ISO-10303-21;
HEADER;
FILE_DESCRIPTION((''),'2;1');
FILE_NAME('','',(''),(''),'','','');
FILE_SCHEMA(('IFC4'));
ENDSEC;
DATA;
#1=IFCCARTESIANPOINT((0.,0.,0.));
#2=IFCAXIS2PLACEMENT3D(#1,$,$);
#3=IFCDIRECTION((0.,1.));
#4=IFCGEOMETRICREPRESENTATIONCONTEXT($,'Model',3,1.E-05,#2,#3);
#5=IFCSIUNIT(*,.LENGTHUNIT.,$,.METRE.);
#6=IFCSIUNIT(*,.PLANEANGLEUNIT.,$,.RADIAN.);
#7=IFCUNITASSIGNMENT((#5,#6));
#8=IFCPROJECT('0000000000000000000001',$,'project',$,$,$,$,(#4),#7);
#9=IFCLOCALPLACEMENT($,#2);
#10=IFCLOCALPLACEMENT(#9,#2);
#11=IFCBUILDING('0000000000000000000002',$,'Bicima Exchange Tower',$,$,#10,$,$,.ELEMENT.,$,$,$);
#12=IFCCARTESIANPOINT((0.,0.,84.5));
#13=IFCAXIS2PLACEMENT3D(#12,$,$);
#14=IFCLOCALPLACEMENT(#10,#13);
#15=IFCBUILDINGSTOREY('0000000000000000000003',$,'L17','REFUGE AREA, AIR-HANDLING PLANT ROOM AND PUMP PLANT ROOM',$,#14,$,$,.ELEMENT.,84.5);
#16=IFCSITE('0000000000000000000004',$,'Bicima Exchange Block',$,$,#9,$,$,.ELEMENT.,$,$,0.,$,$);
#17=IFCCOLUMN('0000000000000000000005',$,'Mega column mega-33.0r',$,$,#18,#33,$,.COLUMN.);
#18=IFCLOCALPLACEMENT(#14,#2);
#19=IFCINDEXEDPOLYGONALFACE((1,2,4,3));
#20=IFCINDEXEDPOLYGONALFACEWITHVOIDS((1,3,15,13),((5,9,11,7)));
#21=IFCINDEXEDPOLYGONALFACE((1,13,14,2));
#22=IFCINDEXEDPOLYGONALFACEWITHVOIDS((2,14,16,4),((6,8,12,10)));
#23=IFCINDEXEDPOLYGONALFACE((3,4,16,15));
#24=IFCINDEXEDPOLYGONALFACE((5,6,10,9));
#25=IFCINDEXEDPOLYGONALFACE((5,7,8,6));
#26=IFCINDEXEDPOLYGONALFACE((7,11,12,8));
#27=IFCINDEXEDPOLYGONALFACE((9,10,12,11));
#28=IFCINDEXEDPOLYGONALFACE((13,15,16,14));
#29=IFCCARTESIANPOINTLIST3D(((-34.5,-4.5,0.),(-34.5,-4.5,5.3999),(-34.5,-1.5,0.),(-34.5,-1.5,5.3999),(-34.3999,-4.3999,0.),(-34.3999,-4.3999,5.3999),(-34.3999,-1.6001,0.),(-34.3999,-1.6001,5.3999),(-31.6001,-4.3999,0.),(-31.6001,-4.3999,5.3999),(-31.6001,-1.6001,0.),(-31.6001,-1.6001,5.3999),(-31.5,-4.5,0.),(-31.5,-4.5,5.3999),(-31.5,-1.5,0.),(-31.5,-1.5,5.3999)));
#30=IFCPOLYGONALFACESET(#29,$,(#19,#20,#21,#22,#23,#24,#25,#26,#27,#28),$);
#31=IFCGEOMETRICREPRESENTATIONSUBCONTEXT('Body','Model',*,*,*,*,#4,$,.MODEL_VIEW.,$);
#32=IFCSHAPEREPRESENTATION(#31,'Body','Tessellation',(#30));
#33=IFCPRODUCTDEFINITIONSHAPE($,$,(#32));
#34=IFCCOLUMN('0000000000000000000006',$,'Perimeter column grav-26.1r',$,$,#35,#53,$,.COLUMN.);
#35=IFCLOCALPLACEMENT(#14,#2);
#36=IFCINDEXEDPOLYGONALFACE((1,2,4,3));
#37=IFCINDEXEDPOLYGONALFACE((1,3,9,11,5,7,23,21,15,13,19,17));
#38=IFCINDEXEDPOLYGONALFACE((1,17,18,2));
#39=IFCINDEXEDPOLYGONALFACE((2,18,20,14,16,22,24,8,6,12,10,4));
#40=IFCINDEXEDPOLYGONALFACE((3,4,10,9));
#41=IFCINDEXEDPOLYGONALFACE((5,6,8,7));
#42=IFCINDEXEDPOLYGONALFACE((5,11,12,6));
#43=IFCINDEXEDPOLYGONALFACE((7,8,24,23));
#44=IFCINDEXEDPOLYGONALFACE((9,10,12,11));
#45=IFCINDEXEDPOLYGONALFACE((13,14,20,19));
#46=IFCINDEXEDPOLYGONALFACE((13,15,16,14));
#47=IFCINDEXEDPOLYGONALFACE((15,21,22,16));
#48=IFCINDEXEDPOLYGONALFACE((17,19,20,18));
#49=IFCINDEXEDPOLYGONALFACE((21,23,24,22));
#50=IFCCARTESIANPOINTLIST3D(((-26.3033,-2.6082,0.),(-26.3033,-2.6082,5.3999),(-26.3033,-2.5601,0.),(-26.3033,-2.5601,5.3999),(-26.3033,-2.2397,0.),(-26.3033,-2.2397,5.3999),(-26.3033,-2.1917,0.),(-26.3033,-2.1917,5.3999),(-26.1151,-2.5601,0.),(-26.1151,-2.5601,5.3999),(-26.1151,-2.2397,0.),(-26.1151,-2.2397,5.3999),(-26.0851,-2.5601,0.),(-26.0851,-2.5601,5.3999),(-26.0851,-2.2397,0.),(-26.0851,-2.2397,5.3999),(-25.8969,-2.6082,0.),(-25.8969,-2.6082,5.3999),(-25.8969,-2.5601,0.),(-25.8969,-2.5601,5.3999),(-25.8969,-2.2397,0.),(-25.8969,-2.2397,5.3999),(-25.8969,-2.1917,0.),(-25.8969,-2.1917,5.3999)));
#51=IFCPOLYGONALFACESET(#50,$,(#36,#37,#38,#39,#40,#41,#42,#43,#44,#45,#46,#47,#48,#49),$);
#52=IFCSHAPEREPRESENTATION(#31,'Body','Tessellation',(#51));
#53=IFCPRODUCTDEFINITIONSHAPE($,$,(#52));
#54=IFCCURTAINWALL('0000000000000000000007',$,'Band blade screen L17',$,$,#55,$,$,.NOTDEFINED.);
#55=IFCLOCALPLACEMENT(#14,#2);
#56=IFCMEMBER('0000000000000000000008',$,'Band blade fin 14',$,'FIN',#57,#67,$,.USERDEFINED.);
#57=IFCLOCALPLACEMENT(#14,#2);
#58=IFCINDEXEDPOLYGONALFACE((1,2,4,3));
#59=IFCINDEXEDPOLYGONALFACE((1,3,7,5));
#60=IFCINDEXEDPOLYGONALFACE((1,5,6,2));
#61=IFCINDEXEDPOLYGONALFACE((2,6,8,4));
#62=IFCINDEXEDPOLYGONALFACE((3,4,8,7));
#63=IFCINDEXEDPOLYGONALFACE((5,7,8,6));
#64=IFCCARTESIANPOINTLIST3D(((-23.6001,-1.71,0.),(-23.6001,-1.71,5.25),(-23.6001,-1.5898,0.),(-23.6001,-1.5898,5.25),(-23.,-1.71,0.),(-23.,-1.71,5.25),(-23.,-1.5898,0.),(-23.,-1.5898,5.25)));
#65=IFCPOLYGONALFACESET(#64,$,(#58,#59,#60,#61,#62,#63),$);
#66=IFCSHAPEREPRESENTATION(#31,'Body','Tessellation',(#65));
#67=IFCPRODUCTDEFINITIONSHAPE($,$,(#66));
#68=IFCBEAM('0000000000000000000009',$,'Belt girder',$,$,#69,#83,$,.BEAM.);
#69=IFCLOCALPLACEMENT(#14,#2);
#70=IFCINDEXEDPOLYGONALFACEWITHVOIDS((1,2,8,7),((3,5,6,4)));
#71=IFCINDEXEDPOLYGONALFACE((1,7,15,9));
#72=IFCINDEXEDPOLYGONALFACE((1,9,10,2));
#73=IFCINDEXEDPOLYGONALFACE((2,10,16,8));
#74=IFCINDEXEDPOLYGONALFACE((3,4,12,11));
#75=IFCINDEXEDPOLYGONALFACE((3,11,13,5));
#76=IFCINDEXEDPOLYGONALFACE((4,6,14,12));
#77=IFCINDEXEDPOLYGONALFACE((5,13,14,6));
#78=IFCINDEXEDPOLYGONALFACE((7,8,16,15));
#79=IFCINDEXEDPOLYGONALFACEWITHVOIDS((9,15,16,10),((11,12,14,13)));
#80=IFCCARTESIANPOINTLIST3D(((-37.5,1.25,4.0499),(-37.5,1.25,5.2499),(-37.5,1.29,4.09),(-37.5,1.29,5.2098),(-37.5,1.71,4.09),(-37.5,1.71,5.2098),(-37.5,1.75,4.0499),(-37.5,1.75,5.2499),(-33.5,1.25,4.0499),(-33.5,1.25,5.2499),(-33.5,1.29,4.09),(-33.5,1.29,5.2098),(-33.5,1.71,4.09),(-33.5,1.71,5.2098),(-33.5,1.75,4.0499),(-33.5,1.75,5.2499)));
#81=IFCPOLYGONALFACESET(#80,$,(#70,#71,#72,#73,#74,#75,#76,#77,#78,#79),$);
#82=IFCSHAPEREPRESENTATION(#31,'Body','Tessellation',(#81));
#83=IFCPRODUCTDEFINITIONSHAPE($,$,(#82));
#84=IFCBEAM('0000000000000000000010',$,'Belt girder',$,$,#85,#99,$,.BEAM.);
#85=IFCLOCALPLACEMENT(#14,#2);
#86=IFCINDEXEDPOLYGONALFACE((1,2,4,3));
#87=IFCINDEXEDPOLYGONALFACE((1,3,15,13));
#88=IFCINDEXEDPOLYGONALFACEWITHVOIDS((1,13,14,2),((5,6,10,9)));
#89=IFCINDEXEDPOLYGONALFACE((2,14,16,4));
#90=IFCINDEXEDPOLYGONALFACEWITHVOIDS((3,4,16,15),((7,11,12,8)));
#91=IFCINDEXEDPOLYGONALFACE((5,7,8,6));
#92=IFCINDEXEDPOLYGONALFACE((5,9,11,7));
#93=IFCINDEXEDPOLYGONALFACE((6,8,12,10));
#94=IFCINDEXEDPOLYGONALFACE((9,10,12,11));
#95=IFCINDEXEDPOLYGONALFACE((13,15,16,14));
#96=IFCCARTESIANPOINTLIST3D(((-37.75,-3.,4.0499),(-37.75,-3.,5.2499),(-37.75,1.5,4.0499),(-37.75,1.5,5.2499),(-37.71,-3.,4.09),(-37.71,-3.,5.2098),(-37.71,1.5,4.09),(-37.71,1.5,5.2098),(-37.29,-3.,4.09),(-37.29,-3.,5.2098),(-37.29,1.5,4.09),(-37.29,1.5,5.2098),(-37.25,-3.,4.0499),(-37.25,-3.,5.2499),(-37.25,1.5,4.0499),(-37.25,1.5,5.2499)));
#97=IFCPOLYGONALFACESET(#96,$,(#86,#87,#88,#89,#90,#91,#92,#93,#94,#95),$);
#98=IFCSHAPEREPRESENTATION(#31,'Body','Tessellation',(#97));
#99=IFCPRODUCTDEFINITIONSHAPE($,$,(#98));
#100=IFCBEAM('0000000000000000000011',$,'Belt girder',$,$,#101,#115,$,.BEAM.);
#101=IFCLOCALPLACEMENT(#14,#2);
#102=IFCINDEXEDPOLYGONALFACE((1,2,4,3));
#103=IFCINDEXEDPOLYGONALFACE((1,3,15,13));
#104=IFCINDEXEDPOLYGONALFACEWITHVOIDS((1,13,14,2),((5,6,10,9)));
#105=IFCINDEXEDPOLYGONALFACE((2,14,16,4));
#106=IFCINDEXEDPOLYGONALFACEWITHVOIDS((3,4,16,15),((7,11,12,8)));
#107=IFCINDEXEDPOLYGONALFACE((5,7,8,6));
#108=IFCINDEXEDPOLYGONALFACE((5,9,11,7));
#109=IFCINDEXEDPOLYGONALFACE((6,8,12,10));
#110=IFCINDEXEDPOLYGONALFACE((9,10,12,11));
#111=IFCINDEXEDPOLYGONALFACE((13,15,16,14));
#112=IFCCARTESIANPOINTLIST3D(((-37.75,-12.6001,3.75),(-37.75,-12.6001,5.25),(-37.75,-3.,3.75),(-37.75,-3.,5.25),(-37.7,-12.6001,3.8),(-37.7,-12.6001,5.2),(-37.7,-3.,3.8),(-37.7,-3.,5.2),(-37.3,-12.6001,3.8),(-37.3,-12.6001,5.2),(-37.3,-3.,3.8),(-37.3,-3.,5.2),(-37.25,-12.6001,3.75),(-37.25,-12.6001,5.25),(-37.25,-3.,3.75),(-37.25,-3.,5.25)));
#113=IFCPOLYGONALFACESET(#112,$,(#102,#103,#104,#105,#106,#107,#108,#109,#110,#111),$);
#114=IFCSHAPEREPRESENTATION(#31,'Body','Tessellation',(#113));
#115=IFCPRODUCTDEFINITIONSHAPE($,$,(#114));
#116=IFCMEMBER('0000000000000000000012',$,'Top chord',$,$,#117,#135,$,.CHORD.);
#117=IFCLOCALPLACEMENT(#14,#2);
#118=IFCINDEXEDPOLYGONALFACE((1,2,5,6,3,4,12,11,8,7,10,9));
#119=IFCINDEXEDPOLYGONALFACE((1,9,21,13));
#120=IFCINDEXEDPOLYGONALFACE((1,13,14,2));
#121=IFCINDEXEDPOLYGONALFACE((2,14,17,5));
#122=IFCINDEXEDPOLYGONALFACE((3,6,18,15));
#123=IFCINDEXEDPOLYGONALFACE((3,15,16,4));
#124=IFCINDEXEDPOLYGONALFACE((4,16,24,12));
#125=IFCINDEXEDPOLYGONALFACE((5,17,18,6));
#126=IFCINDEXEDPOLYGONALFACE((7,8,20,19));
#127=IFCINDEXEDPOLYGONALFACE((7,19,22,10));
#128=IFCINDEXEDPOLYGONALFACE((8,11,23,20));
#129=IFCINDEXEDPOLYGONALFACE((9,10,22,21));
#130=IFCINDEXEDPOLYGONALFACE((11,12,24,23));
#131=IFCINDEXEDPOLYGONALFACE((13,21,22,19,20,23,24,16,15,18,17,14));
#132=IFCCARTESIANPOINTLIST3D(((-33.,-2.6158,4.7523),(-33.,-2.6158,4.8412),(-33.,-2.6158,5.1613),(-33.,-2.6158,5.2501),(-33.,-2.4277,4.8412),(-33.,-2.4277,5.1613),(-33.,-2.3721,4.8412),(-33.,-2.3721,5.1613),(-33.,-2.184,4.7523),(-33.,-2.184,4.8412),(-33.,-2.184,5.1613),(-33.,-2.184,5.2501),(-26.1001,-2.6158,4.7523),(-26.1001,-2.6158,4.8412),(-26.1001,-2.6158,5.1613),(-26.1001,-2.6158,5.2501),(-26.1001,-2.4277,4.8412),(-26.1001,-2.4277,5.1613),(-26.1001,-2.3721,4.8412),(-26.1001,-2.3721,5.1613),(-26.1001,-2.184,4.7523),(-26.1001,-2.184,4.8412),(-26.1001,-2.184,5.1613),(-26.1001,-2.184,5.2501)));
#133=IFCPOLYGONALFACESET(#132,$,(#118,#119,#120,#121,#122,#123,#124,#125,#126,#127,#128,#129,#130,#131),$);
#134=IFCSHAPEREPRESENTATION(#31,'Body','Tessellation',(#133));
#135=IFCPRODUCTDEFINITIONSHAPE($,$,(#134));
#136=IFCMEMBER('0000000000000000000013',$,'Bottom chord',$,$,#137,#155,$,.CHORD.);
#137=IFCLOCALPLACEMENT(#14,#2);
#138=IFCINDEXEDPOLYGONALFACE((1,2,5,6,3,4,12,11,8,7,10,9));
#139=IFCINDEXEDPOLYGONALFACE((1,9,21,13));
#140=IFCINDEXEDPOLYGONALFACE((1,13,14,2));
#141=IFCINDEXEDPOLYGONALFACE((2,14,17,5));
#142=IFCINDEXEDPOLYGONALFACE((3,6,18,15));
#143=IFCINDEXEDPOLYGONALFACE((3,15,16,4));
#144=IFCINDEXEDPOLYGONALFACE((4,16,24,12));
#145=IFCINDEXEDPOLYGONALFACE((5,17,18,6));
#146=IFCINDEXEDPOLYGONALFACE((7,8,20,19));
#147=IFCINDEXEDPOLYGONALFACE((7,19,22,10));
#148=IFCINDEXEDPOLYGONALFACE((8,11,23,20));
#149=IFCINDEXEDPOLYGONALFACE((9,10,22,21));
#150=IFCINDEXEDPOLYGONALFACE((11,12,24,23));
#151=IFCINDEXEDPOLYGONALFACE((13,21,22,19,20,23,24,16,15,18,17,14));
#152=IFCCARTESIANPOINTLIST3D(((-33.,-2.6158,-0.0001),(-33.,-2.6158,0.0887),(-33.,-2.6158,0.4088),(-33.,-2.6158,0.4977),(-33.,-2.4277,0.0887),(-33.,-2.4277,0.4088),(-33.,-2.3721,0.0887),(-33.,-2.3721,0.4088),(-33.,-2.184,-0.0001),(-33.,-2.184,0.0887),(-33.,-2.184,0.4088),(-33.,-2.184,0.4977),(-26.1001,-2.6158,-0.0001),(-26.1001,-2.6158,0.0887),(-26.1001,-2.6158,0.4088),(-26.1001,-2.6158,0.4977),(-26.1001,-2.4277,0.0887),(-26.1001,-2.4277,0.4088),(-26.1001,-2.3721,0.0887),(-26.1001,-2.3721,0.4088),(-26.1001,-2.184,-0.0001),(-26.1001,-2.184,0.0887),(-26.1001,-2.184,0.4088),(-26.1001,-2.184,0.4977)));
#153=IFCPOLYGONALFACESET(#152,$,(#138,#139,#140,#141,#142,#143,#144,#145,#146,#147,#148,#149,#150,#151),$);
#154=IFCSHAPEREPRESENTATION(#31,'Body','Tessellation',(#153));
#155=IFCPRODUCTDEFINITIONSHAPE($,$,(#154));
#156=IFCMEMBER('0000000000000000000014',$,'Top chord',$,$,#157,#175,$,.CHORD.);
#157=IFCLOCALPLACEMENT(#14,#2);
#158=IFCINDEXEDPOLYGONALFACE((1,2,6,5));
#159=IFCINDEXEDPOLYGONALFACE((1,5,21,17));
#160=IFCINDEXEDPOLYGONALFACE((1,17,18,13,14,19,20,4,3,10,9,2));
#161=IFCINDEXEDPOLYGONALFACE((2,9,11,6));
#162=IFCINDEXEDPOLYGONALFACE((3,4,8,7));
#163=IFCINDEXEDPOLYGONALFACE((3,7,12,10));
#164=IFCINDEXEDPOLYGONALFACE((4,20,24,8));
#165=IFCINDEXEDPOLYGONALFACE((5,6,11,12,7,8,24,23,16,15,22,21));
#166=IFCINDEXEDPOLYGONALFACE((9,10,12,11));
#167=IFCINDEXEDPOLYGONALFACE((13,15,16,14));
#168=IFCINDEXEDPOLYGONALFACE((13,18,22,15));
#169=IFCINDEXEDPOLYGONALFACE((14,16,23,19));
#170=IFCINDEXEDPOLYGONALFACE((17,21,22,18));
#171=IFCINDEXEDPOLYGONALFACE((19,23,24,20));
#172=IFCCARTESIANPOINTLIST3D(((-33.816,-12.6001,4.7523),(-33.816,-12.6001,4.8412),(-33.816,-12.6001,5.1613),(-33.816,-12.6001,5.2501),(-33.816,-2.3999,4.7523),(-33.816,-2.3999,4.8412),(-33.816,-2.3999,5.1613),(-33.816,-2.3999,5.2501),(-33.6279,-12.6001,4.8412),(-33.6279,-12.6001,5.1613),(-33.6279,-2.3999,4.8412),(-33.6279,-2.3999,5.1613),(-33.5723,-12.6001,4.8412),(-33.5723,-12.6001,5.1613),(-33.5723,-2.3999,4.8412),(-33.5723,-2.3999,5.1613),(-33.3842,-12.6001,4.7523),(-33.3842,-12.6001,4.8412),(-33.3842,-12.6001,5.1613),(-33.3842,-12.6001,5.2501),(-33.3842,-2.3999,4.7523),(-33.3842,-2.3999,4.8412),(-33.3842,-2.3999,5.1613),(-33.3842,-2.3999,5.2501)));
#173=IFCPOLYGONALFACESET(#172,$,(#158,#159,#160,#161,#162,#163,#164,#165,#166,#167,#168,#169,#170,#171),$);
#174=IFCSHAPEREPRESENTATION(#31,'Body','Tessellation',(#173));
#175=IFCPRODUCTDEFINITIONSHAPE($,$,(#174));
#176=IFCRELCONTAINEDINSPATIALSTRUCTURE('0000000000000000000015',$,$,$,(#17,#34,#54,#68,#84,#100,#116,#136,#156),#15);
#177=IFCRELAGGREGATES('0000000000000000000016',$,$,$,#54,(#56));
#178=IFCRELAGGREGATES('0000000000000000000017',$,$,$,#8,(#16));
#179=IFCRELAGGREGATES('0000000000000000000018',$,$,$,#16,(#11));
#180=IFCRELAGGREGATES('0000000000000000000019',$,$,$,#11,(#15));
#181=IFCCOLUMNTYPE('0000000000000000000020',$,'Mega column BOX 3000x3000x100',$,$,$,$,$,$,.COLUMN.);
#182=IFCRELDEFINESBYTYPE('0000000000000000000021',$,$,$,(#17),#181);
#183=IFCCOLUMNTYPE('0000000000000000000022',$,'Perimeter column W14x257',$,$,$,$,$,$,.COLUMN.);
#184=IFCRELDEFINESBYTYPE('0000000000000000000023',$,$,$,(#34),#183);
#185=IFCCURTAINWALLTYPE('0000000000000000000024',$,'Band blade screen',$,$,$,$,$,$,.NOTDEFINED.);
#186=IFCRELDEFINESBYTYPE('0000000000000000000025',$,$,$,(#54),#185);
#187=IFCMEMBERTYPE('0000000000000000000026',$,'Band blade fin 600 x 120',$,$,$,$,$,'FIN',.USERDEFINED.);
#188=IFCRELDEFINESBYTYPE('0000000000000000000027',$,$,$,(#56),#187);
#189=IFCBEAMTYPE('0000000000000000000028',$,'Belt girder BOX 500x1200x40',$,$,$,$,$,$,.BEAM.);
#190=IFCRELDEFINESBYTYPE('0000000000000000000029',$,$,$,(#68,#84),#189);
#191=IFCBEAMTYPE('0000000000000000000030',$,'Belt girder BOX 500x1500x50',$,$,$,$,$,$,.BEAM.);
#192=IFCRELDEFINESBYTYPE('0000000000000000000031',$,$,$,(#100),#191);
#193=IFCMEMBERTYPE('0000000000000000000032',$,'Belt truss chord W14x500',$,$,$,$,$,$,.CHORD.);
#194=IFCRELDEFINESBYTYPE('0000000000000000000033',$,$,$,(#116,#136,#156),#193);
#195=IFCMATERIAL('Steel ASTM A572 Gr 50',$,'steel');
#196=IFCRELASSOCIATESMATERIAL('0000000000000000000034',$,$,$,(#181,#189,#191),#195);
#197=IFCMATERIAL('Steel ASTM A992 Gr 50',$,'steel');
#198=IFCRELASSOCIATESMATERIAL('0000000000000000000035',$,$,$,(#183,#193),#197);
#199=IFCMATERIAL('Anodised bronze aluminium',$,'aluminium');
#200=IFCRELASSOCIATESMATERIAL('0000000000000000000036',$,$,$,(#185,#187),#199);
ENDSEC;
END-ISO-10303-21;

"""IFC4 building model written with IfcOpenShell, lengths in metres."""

from ifc_helpers import new_model, si_unit, direction, frame, origin, origin_2d, place, context, subcontext, project, spatial, rectangle, hollow_rectangle, i_section, extrude, material, material_profile, profile_set, type_object, element, aggregate, save


model = new_model("IFC4")

# Units and contexts
model_context = context("Model", 3, precision=1e-05, world=origin(), true_north=direction((0.0, 1.0)))
body_context = subcontext(model_context, "Body", "Model", "MODEL_VIEW")
ifc_project = project(units=[si_unit("LENGTHUNIT", "METRE"), si_unit("PLANEANGLEUNIT", "RADIAN")], contexts=[model_context])

# Site, building, storey
site_placement = place(None, origin())
site = spatial("IfcSite", under=ifc_project, at=site_placement, Name="Bicima Exchange Block", CompositionType="ELEMENT", RefElevation=0.0)
building_placement = place(site_placement, origin())
building = spatial("IfcBuilding", under=site, at=building_placement, Name="Bicima Exchange Tower", CompositionType="ELEMENT")
storey_placement = place(building_placement, frame((0.0, 0.0, 84.5)))
storey = spatial("IfcBuildingStorey", under=building, at=storey_placement, Name="L17", Description="REFUGE AREA, AIR-HANDLING PLANT ROOM AND PUMP PLANT ROOM", CompositionType="ELEMENT", Elevation=84.5)

# Columns
ifc_material_1 = material(Name="Steel ASTM A572 Gr 50", Category="steel")
ifc_material_profile_1 = material_profile(ifc_material_1, hollow_rectangle(XDim=3.0, YDim=3.0, WallThickness=0.1001, at=origin_2d()))
ifc_profile_set_1 = profile_set([ifc_material_profile_1], Name="Steel ASTM A572 Gr 50")
column_type_1 = type_object("IfcColumnType", Name="Mega column BOX 3000x3000x100", PredefinedType="COLUMN", material=ifc_profile_set_1)
column_1_placement = place(storey_placement, frame((-33.0, -3.0, 0.0), z_axis=(0.0, 0.0, 1.0), x_axis=(1.0, 0.0, 0.0)))
element("IfcColumn", 1, at=column_1_placement, inside=storey, type_object=column_type_1, Name="Mega column mega-33.0r", PredefinedType="COLUMN", context=body_context, shape_type="SweptSolid", body=[
    extrude(hollow_rectangle(XDim=3.0, YDim=3.0, WallThickness=0.1001, at=origin_2d()), origin(), (0.0, 0.0, 1.0), 5.3999),
])
ifc_material_2 = material(Name="Steel ASTM A992 Gr 50", Category="steel")
ifc_material_profile_2 = material_profile(ifc_material_2, i_section(OverallWidth=0.4065, OverallDepth=0.4165, WebThickness=0.03, FlangeThickness=0.0481, at=origin_2d()))
ifc_profile_set_2 = profile_set([ifc_material_profile_2], Name="Steel ASTM A992 Gr 50")
column_type_2 = type_object("IfcColumnType", Name="Perimeter column W14x257", PredefinedType="COLUMN", material=ifc_profile_set_2)
column_2_placement = place(storey_placement, frame((-26.1001, -2.3999, 0.0), z_axis=(0.0, 0.0, 1.0), x_axis=(1.0, 0.0, 0.0)))
element("IfcColumn", 2, at=column_2_placement, inside=storey, type_object=column_type_2, Name="Perimeter column grav-26.1r", PredefinedType="COLUMN", context=body_context, shape_type="SweptSolid", body=[
    extrude(i_section(OverallWidth=0.4065, OverallDepth=0.4165, WebThickness=0.03, FlangeThickness=0.0481, at=origin_2d()), origin(), (0.0, 0.0, 1.0), 5.3999),
])

# Curtain wall, member
ifc_material_3 = material(Name="Anodised bronze aluminium", Category="aluminium")
curtain_wall_type = type_object("IfcCurtainWallType", Name="Band blade screen", PredefinedType="NOTDEFINED", material=ifc_material_3)
curtain_wall_placement = place(storey_placement, origin())
curtain_wall = element("IfcCurtainWall", 3, at=curtain_wall_placement, inside=storey, type_object=curtain_wall_type, Name="Band blade screen L17", PredefinedType="NOTDEFINED")
ifc_material_profile_3 = material_profile(ifc_material_3, rectangle(XDim=0.6001, YDim=0.1201, at=origin_2d()))
ifc_profile_set_3 = profile_set([ifc_material_profile_3], Name="Anodised bronze aluminium")
member_type_1 = type_object("IfcMemberType", Name="Band blade fin 600 x 120", ElementType="FIN", PredefinedType="USERDEFINED", material=ifc_profile_set_3)
member_1_placement = place(storey_placement, frame((-23.3, -1.6499, 0.0), z_axis=(0.0, 0.0, 1.0), x_axis=(1.0, 0.0, 0.0)))
member_1 = element("IfcMember", 4, at=member_1_placement, type_object=member_type_1, Name="Band blade fin 14", ObjectType="FIN", PredefinedType="USERDEFINED", context=body_context, shape_type="SweptSolid", body=[
    extrude(rectangle(XDim=0.6001, YDim=0.1201, at=origin_2d()), origin(), (0.0, 0.0, 1.0), 5.25),
])
aggregate(curtain_wall, [member_1])

# Beams
ifc_material_profile_4 = material_profile(ifc_material_1, hollow_rectangle(XDim=0.5, YDim=1.2, WallThickness=0.04, at=origin_2d()))
ifc_profile_set_4 = profile_set([ifc_material_profile_4], Name="Steel ASTM A572 Gr 50")
beam_type_1 = type_object("IfcBeamType", Name="Belt girder BOX 500x1200x40", PredefinedType="BEAM", material=ifc_profile_set_4)
beam_1_placement = place(storey_placement, frame((-33.5, 1.5, 4.6499), z_axis=(-1.0, 0.0, 0.0), x_axis=(0.0, -1.0, 0.0)))
element("IfcBeam", 5, at=beam_1_placement, inside=storey, type_object=beam_type_1, Name="Belt girder", PredefinedType="BEAM", context=body_context, shape_type="SweptSolid", body=[
    extrude(hollow_rectangle(XDim=0.5, YDim=1.2, WallThickness=0.04, at=origin_2d()), origin(), (0.0, 0.0, 1.0), 4.0),
])
beam_2_placement = place(storey_placement, frame((-37.5, 1.5, 4.6499), z_axis=(0.0, -1.0, 0.0), x_axis=(1.0, 0.0, 0.0)))
element("IfcBeam", 6, at=beam_2_placement, inside=storey, type_object=beam_type_1, Name="Belt girder", PredefinedType="BEAM", context=body_context, shape_type="SweptSolid", body=[
    extrude(hollow_rectangle(XDim=0.5, YDim=1.2, WallThickness=0.04, at=origin_2d()), origin(), (0.0, 0.0, 1.0), 4.5),
])
ifc_material_profile_5 = material_profile(ifc_material_1, hollow_rectangle(XDim=0.5, YDim=1.5, WallThickness=0.05, at=origin_2d()))
ifc_profile_set_5 = profile_set([ifc_material_profile_5], Name="Steel ASTM A572 Gr 50")
beam_type_2 = type_object("IfcBeamType", Name="Belt girder BOX 500x1500x50", PredefinedType="BEAM", material=ifc_profile_set_5)
beam_3_placement = place(storey_placement, frame((-37.5, -3.0, 4.5), z_axis=(0.0, -1.0, 0.0), x_axis=(1.0, 0.0, 0.0)))
element("IfcBeam", 7, at=beam_3_placement, inside=storey, type_object=beam_type_2, Name="Belt girder", PredefinedType="BEAM", context=body_context, shape_type="SweptSolid", body=[
    extrude(hollow_rectangle(XDim=0.5, YDim=1.5, WallThickness=0.05, at=origin_2d()), origin(), (0.0, 0.0, 1.0), 9.6001),
])

# Members
ifc_material_profile_6 = material_profile(ifc_material_2, i_section(OverallWidth=0.4319, OverallDepth=0.4978, WebThickness=0.0557, FlangeThickness=0.0889, at=origin_2d()))
ifc_profile_set_6 = profile_set([ifc_material_profile_6], Name="Steel ASTM A992 Gr 50")
member_type_2 = type_object("IfcMemberType", Name="Belt truss chord W14x500", PredefinedType="CHORD", material=ifc_profile_set_6)
for number, where, z_axis, x_axis, name in (
    (8, (-26.1001, -2.3999, 5.0012), (-1.0, 0.0, 0.0), (0.0, -1.0, 0.0), "Top chord"),
    (9, (-26.1001, -2.3999, 0.2488), (-1.0, 0.0, 0.0), (0.0, -1.0, 0.0), "Bottom chord"),
):
    element("IfcMember", number, at=place(storey_placement, frame(where, z_axis=z_axis, x_axis=x_axis)), inside=storey, type_object=member_type_2, Name=name, PredefinedType="CHORD", context=body_context, shape_type="SweptSolid", body=[
        extrude(i_section(OverallWidth=0.4319, OverallDepth=0.4978, WebThickness=0.0557, FlangeThickness=0.0889, at=origin_2d()), origin(), (0.0, 0.0, 1.0), 6.8999),
    ])
for number, where, z_axis, x_axis, name in (
    (10, (-33.6001, -2.3999, 5.0012), (0.0, -1.0, 0.0), (1.0, 0.0, 0.0), "Top chord"),
):
    element("IfcMember", number, at=place(storey_placement, frame(where, z_axis=z_axis, x_axis=x_axis)), inside=storey, type_object=member_type_2, Name=name, PredefinedType="CHORD", context=body_context, shape_type="SweptSolid", body=[
        extrude(i_section(OverallWidth=0.4319, OverallDepth=0.4978, WebThickness=0.0557, FlangeThickness=0.0889, at=origin_2d()), origin(), (0.0, 0.0, 1.0), 10.2002),
    ])

save(model, "model.ifc")
